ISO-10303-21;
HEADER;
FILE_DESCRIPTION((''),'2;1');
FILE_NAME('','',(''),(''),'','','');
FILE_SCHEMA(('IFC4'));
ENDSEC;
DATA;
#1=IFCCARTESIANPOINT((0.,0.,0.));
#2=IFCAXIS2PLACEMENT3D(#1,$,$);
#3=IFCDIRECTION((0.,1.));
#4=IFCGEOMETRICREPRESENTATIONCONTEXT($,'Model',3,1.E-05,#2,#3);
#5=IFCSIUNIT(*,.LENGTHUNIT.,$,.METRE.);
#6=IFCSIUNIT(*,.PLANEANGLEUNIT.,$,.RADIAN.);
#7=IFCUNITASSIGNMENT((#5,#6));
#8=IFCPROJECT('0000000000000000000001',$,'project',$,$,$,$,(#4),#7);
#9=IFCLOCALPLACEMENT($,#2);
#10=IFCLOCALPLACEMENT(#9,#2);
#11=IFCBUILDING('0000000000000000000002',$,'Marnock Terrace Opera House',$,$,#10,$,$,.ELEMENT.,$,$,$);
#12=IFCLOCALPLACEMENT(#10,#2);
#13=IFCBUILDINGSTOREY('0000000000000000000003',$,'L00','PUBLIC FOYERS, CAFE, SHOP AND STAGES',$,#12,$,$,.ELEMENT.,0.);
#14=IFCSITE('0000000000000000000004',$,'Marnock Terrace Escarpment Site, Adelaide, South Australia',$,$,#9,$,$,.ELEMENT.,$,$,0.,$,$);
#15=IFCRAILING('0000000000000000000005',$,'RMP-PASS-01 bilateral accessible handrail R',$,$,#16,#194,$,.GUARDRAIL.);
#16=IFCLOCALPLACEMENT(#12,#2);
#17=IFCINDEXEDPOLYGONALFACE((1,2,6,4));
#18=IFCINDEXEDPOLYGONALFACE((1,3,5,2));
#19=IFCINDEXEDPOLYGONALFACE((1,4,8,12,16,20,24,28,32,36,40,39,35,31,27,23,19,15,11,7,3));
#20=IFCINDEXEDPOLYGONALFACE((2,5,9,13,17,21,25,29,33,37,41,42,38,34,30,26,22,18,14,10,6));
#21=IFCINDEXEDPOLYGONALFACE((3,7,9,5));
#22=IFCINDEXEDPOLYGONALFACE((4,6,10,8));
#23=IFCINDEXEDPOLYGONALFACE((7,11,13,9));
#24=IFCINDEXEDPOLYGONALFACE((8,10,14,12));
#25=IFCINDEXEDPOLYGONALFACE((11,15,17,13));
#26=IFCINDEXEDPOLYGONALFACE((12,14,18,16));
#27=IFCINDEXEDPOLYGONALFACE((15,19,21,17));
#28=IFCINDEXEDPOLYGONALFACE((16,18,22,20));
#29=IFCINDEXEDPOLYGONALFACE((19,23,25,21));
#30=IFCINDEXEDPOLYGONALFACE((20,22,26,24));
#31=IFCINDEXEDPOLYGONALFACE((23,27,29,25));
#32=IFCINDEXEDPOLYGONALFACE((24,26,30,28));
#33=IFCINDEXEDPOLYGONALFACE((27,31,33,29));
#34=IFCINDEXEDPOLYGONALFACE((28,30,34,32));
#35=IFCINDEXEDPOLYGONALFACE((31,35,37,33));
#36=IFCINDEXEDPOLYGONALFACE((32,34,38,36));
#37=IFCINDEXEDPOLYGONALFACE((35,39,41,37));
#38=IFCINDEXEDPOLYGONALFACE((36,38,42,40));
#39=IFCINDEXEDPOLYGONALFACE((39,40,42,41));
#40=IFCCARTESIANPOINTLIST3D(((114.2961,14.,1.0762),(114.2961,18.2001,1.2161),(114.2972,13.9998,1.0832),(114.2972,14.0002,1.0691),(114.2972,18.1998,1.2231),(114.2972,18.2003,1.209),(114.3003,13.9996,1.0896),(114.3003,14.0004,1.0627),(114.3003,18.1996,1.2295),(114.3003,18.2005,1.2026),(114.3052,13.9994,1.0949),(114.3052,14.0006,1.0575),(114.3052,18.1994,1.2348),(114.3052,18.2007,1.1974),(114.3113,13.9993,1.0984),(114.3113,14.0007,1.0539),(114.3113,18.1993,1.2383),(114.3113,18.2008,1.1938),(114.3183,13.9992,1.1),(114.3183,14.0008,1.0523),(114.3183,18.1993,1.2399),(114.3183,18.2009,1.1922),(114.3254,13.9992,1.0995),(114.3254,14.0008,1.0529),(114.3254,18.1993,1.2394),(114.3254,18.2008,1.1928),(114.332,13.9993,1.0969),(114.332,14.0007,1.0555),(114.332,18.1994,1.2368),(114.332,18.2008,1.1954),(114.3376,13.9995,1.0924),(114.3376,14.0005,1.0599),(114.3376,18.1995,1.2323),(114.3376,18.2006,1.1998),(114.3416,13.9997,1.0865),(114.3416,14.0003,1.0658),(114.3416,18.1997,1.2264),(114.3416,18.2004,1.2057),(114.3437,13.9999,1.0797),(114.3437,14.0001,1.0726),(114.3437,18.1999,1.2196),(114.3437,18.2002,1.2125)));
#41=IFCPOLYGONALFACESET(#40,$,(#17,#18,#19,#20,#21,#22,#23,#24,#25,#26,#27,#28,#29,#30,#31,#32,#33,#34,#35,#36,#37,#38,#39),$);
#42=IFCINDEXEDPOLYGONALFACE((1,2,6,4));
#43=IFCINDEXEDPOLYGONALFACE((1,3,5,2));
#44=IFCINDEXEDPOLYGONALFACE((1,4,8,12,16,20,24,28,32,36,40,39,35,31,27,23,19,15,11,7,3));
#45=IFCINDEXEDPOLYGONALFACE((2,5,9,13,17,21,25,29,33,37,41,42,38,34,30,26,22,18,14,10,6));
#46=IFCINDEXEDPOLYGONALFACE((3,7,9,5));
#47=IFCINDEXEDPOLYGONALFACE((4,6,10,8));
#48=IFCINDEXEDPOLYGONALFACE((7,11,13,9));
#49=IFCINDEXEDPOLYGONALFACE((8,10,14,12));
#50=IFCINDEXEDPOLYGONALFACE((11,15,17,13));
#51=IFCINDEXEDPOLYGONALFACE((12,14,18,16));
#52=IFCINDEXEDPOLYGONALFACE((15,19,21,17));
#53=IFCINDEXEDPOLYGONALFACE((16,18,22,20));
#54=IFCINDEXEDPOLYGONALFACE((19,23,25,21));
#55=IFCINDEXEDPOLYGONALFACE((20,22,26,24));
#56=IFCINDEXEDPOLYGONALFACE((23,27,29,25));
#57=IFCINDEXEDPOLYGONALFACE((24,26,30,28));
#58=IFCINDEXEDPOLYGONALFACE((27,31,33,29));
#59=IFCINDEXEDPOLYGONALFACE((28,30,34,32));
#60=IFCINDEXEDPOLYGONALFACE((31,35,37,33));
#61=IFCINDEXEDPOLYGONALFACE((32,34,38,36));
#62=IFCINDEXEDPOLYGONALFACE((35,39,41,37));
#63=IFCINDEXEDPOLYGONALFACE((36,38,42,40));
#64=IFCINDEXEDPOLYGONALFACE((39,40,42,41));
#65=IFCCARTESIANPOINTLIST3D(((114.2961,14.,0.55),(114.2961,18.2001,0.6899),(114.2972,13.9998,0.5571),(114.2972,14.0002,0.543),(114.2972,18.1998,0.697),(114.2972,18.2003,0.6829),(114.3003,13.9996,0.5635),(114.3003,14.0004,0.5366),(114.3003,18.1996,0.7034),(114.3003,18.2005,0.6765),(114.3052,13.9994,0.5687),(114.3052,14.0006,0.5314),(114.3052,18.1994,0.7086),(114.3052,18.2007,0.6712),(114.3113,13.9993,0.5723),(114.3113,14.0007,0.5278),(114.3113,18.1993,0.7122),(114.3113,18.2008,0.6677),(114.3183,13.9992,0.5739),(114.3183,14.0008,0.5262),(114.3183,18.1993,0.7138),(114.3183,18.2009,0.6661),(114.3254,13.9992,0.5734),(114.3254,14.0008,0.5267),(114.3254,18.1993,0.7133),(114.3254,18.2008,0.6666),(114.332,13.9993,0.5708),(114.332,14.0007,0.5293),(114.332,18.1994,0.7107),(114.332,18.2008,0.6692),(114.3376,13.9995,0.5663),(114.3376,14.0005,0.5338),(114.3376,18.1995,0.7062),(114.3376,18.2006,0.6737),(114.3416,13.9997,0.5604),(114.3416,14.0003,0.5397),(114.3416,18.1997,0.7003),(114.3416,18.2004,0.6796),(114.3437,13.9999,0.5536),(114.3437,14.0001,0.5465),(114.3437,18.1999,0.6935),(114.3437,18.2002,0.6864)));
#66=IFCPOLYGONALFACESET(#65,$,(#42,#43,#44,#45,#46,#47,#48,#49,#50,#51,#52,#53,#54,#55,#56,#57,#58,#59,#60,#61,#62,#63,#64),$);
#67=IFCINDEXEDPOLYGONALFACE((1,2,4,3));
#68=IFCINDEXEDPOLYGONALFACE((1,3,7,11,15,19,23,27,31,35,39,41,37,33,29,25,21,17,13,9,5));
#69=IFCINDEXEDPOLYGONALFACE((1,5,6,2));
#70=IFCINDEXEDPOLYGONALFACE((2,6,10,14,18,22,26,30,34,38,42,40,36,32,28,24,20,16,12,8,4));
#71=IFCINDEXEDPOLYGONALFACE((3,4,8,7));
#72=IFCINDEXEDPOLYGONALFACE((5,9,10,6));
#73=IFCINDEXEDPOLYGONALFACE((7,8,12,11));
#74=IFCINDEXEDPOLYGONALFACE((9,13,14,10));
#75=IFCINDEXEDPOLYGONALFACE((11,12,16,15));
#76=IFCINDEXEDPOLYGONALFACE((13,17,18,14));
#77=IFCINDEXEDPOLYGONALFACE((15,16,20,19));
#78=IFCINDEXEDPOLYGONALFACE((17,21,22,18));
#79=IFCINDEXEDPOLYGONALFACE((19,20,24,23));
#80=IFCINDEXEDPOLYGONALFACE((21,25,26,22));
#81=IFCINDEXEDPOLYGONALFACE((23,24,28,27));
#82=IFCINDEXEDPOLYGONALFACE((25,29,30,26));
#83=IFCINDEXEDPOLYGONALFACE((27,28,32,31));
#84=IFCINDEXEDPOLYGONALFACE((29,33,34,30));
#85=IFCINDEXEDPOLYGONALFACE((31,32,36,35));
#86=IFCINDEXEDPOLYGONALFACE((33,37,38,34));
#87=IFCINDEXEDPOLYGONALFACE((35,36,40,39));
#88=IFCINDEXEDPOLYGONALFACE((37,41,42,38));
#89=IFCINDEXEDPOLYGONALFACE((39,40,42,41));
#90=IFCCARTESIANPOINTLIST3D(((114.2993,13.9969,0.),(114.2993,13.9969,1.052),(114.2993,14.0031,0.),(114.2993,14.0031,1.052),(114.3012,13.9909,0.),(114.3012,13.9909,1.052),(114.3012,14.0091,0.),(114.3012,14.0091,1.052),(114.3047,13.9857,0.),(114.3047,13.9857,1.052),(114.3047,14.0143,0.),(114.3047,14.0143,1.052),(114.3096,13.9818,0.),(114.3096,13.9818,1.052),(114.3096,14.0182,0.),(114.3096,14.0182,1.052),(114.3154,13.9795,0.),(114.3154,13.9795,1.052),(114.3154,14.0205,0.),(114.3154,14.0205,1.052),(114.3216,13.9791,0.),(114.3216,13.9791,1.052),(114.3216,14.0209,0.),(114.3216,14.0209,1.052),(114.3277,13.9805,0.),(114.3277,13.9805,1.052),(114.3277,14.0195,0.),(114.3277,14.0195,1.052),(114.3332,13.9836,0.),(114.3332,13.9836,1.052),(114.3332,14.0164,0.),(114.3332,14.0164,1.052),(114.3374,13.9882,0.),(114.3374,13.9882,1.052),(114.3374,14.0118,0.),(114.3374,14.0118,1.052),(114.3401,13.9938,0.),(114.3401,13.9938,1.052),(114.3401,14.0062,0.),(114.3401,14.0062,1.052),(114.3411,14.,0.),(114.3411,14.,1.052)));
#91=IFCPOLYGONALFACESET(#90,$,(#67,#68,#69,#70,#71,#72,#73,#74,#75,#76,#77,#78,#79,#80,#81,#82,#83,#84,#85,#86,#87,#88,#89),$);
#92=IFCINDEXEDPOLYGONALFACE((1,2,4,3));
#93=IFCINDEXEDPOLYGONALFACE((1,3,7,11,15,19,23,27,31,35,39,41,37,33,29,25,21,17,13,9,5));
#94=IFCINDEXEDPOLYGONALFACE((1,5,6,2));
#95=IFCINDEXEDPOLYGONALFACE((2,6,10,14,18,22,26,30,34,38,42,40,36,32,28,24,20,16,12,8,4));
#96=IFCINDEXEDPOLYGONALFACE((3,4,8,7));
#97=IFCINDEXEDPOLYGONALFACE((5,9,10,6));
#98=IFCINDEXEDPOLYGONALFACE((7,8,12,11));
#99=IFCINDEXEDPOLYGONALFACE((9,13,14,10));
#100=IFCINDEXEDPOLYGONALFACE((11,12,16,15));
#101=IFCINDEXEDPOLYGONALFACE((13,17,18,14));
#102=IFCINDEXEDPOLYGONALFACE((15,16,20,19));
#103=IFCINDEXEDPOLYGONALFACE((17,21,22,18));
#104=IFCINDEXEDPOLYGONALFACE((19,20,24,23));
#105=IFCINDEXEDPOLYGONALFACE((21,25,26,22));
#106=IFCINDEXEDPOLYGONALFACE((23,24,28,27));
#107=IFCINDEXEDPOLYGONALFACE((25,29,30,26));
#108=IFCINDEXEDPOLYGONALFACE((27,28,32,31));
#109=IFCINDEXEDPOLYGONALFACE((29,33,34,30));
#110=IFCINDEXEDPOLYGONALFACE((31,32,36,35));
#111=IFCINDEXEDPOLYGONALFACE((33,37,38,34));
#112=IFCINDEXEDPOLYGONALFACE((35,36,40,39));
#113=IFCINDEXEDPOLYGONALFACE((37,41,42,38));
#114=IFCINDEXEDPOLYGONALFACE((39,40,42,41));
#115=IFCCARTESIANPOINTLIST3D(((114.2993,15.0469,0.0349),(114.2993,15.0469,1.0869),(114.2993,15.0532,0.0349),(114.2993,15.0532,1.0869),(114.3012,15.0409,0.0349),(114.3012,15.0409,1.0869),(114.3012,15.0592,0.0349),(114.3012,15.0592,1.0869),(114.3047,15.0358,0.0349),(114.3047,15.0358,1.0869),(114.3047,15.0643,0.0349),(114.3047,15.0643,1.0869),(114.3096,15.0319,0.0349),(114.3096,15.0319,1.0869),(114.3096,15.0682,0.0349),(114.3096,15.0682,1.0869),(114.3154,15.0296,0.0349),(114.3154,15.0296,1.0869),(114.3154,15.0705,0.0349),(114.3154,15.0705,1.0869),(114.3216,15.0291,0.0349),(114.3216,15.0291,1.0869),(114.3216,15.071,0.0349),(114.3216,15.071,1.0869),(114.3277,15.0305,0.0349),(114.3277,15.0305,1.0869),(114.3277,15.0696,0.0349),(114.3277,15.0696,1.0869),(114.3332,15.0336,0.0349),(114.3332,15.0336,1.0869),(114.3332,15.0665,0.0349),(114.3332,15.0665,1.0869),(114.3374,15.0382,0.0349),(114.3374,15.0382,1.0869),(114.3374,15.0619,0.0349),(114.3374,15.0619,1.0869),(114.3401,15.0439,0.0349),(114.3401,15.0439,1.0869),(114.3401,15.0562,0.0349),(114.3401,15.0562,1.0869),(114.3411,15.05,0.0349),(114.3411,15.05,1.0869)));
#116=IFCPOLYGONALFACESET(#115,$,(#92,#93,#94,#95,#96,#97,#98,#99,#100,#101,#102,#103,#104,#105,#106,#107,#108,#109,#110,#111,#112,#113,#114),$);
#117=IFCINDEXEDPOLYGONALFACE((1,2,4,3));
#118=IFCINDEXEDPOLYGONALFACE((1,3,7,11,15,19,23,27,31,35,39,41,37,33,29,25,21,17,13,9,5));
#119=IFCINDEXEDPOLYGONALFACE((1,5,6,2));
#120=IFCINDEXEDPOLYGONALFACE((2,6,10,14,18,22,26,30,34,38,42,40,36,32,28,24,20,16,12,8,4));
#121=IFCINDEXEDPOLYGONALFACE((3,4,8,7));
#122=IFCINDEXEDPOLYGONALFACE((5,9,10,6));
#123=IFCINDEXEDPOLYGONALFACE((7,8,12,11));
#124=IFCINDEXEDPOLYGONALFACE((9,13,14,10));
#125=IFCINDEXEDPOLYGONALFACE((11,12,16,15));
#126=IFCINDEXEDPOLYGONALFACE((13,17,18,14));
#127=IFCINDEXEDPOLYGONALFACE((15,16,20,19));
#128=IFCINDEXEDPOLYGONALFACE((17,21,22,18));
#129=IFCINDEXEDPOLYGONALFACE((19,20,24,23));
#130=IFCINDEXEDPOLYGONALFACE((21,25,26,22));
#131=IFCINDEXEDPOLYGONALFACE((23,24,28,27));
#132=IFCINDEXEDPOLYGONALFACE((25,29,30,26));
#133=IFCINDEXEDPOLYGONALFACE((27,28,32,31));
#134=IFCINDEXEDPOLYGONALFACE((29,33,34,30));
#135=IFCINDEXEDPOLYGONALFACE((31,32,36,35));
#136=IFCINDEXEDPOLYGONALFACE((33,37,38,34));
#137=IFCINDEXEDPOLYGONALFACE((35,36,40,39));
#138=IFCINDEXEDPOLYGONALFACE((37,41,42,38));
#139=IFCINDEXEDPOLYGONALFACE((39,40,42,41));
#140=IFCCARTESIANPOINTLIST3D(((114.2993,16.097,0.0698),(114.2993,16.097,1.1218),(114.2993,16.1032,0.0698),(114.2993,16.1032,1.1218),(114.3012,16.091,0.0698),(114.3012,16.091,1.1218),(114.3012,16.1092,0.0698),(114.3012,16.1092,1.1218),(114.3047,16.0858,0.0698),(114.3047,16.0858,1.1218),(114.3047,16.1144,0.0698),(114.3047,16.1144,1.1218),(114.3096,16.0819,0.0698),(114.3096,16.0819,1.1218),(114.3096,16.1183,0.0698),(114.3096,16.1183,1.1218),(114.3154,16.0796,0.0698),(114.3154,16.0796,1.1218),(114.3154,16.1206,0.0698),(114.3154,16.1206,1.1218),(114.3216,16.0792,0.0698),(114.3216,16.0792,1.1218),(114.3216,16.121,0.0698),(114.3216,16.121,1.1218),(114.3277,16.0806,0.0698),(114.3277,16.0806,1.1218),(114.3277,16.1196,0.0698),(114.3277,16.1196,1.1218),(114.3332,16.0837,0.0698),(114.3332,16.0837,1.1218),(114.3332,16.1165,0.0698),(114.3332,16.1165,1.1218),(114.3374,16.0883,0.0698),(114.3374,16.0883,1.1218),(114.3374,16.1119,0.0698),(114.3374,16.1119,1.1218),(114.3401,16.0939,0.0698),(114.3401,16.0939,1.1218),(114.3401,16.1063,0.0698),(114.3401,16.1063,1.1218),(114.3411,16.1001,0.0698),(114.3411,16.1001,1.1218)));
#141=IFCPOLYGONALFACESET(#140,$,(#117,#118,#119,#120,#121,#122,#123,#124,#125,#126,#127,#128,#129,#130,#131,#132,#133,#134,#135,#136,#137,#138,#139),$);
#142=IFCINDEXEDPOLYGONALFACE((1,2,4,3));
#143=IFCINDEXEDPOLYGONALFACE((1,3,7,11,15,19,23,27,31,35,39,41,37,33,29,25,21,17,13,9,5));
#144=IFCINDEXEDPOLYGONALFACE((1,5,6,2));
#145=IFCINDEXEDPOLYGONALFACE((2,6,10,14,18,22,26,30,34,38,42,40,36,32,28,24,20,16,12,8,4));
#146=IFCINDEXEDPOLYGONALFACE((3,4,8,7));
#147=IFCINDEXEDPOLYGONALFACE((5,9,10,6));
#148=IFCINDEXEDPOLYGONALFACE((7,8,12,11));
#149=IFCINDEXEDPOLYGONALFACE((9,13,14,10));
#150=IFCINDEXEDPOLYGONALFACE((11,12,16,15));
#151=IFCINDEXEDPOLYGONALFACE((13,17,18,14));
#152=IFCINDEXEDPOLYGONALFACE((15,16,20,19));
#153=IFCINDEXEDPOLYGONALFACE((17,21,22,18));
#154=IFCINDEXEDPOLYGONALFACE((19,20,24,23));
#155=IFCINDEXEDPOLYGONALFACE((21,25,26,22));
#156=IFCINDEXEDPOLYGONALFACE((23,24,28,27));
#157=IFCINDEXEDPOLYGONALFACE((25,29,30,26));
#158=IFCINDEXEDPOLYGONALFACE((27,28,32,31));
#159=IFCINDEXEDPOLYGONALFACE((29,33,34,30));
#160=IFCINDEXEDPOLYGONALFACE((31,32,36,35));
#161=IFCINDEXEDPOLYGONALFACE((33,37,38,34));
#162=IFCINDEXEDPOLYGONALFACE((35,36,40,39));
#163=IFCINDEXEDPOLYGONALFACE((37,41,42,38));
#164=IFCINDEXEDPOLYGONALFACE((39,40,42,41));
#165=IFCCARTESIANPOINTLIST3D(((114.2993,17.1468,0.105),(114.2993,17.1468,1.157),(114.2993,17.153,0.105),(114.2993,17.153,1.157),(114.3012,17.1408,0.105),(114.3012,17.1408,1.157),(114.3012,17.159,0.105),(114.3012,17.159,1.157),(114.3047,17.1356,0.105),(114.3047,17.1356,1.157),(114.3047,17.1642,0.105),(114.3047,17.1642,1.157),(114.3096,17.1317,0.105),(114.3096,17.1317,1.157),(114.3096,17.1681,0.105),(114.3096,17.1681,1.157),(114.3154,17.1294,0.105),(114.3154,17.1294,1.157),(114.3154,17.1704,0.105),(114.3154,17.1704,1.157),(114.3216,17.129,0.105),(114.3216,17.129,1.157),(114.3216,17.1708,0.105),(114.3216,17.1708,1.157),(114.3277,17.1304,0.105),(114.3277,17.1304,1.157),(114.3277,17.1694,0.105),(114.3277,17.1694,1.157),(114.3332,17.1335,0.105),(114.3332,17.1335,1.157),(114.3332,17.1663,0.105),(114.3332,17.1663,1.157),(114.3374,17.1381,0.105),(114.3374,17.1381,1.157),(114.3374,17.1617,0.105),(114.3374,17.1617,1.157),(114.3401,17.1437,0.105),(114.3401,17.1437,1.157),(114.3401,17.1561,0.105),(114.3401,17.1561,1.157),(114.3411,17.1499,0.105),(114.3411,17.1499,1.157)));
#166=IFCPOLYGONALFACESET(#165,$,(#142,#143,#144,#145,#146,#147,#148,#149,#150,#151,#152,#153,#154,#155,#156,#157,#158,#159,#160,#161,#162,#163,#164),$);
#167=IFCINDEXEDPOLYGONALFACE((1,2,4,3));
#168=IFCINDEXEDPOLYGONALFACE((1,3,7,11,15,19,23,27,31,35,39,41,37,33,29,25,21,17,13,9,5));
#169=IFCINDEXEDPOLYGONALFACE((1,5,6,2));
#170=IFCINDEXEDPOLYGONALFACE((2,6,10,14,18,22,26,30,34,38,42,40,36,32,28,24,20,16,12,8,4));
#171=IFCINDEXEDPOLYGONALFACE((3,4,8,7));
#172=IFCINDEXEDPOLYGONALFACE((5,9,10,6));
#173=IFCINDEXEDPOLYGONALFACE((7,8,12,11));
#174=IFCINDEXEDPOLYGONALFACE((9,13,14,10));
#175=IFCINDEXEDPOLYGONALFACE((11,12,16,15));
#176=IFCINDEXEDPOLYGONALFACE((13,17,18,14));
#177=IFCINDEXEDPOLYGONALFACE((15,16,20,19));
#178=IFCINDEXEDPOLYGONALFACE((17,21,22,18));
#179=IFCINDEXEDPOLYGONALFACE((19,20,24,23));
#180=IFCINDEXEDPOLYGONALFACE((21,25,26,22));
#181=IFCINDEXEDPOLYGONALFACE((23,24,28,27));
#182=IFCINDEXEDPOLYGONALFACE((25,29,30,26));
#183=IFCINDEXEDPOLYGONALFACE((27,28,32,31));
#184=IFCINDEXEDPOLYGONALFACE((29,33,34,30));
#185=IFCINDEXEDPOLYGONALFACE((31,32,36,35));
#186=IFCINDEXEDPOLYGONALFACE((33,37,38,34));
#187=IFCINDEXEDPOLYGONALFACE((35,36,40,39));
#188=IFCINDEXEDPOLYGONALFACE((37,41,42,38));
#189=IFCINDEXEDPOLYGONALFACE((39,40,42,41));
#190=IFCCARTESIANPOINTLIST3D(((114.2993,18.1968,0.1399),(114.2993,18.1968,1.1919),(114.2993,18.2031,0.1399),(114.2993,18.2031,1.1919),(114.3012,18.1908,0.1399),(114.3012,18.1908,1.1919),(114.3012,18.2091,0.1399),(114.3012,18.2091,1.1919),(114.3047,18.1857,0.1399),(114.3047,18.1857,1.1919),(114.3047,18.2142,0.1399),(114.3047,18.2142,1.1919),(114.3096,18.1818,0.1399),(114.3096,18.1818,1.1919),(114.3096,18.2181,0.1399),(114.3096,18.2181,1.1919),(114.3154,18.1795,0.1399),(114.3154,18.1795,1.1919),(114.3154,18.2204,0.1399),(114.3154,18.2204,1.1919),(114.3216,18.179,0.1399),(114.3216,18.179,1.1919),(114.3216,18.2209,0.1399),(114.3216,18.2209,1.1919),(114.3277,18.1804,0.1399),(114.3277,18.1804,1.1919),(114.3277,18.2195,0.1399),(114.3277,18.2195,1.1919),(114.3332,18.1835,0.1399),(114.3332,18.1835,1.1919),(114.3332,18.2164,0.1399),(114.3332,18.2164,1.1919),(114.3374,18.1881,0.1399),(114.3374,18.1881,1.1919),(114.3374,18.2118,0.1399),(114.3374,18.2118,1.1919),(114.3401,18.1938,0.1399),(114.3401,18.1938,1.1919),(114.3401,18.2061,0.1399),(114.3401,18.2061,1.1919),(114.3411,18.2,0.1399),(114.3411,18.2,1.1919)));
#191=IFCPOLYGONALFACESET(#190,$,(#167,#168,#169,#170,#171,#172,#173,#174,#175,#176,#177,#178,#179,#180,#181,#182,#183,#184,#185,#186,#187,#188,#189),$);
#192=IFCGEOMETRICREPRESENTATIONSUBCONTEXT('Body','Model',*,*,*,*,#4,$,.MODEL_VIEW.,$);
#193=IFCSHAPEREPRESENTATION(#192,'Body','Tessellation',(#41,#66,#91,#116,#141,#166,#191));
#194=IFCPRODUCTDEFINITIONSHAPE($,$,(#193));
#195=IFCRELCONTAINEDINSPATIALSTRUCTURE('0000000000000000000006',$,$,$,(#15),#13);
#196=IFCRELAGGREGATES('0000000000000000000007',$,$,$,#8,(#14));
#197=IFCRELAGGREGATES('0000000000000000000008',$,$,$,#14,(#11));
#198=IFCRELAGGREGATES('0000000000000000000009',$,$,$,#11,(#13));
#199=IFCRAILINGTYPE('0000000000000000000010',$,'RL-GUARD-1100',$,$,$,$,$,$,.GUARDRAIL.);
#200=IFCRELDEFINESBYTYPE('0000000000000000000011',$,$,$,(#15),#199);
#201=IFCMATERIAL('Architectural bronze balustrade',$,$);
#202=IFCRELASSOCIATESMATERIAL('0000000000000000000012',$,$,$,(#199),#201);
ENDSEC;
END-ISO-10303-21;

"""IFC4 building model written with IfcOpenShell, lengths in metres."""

from ifc_helpers import new_model, si_unit, direction, frame, origin, origin_2d, place, context, subcontext, project, spatial, circle, extrude, material, type_object, element, save


model = new_model("IFC4")

# Units and contexts
model_context = context("Model", 3, precision=1e-05, world=origin(), true_north=direction((0.0, 1.0)))
body_context = subcontext(model_context, "Body", "Model", "MODEL_VIEW")
ifc_project = project(units=[si_unit("LENGTHUNIT", "METRE"), si_unit("PLANEANGLEUNIT", "RADIAN")], contexts=[model_context])

# Site, building, storey
site_placement = place(None, origin())
site = spatial("IfcSite", under=ifc_project, at=site_placement, Name="Marnock Terrace Escarpment Site, Adelaide, South Australia", CompositionType="ELEMENT", RefElevation=0.0)
building_placement = place(site_placement, origin())
building = spatial("IfcBuilding", under=site, at=building_placement, Name="Marnock Terrace Opera House", CompositionType="ELEMENT")
storey_placement = place(building_placement, origin())
storey = spatial("IfcBuildingStorey", under=building, at=storey_placement, Name="L00", Description="PUBLIC FOYERS, CAFE, SHOP AND STAGES", CompositionType="ELEMENT", Elevation=0.0)

# Railing
ifc_material_1 = material(Name="Architectural bronze balustrade")
railing_type = type_object("IfcRailingType", Name="RL-GUARD-1100", PredefinedType="GUARDRAIL", material=ifc_material_1)
for number, where, name in (
    (1, (114.3201, 14.0, 0.0), "RMP-PASS-01 bilateral accessible handrail R"),
):
    element("IfcRailing", number, at=place(storey_placement, frame(where)), inside=storey, type_object=railing_type, Name=name, PredefinedType="GUARDRAIL", context=body_context, shape_type="SweptSolid", body=[
        extrude(circle(Radius=0.0239, at=origin_2d()), frame((0.0, 0.0, 1.0762), z_axis=(0.0, 0.999446, 0.03329), x_axis=(-1.0, 0.0, 0.0)), (0.0, 0.0, 1.0), 4.2024),
        extrude(circle(Radius=0.0239, at=origin_2d()), frame((0.0, 0.0, 0.55), z_axis=(0.0, 0.999446, 0.03329), x_axis=(-1.0, 0.0, 0.0)), (0.0, 0.0, 1.0), 4.2024),
        extrude(circle(Radius=0.021, at=origin_2d()), origin(), (0.0, 0.0, 1.0), 1.052),
        extrude(circle(Radius=0.021, at=origin_2d()), frame((0.0, 1.05, 0.0349)), (0.0, 0.0, 1.0), 1.052),
        extrude(circle(Radius=0.021, at=origin_2d()), frame((0.0, 2.1001, 0.0698)), (0.0, 0.0, 1.0), 1.052),
        extrude(circle(Radius=0.021, at=origin_2d()), frame((0.0, 3.1499, 0.105)), (0.0, 0.0, 1.0), 1.052),
        extrude(circle(Radius=0.021, at=origin_2d()), frame((0.0, 4.2, 0.1399)), (0.0, 0.0, 1.0), 1.052),
    ])

save(model, "model.ifc")
